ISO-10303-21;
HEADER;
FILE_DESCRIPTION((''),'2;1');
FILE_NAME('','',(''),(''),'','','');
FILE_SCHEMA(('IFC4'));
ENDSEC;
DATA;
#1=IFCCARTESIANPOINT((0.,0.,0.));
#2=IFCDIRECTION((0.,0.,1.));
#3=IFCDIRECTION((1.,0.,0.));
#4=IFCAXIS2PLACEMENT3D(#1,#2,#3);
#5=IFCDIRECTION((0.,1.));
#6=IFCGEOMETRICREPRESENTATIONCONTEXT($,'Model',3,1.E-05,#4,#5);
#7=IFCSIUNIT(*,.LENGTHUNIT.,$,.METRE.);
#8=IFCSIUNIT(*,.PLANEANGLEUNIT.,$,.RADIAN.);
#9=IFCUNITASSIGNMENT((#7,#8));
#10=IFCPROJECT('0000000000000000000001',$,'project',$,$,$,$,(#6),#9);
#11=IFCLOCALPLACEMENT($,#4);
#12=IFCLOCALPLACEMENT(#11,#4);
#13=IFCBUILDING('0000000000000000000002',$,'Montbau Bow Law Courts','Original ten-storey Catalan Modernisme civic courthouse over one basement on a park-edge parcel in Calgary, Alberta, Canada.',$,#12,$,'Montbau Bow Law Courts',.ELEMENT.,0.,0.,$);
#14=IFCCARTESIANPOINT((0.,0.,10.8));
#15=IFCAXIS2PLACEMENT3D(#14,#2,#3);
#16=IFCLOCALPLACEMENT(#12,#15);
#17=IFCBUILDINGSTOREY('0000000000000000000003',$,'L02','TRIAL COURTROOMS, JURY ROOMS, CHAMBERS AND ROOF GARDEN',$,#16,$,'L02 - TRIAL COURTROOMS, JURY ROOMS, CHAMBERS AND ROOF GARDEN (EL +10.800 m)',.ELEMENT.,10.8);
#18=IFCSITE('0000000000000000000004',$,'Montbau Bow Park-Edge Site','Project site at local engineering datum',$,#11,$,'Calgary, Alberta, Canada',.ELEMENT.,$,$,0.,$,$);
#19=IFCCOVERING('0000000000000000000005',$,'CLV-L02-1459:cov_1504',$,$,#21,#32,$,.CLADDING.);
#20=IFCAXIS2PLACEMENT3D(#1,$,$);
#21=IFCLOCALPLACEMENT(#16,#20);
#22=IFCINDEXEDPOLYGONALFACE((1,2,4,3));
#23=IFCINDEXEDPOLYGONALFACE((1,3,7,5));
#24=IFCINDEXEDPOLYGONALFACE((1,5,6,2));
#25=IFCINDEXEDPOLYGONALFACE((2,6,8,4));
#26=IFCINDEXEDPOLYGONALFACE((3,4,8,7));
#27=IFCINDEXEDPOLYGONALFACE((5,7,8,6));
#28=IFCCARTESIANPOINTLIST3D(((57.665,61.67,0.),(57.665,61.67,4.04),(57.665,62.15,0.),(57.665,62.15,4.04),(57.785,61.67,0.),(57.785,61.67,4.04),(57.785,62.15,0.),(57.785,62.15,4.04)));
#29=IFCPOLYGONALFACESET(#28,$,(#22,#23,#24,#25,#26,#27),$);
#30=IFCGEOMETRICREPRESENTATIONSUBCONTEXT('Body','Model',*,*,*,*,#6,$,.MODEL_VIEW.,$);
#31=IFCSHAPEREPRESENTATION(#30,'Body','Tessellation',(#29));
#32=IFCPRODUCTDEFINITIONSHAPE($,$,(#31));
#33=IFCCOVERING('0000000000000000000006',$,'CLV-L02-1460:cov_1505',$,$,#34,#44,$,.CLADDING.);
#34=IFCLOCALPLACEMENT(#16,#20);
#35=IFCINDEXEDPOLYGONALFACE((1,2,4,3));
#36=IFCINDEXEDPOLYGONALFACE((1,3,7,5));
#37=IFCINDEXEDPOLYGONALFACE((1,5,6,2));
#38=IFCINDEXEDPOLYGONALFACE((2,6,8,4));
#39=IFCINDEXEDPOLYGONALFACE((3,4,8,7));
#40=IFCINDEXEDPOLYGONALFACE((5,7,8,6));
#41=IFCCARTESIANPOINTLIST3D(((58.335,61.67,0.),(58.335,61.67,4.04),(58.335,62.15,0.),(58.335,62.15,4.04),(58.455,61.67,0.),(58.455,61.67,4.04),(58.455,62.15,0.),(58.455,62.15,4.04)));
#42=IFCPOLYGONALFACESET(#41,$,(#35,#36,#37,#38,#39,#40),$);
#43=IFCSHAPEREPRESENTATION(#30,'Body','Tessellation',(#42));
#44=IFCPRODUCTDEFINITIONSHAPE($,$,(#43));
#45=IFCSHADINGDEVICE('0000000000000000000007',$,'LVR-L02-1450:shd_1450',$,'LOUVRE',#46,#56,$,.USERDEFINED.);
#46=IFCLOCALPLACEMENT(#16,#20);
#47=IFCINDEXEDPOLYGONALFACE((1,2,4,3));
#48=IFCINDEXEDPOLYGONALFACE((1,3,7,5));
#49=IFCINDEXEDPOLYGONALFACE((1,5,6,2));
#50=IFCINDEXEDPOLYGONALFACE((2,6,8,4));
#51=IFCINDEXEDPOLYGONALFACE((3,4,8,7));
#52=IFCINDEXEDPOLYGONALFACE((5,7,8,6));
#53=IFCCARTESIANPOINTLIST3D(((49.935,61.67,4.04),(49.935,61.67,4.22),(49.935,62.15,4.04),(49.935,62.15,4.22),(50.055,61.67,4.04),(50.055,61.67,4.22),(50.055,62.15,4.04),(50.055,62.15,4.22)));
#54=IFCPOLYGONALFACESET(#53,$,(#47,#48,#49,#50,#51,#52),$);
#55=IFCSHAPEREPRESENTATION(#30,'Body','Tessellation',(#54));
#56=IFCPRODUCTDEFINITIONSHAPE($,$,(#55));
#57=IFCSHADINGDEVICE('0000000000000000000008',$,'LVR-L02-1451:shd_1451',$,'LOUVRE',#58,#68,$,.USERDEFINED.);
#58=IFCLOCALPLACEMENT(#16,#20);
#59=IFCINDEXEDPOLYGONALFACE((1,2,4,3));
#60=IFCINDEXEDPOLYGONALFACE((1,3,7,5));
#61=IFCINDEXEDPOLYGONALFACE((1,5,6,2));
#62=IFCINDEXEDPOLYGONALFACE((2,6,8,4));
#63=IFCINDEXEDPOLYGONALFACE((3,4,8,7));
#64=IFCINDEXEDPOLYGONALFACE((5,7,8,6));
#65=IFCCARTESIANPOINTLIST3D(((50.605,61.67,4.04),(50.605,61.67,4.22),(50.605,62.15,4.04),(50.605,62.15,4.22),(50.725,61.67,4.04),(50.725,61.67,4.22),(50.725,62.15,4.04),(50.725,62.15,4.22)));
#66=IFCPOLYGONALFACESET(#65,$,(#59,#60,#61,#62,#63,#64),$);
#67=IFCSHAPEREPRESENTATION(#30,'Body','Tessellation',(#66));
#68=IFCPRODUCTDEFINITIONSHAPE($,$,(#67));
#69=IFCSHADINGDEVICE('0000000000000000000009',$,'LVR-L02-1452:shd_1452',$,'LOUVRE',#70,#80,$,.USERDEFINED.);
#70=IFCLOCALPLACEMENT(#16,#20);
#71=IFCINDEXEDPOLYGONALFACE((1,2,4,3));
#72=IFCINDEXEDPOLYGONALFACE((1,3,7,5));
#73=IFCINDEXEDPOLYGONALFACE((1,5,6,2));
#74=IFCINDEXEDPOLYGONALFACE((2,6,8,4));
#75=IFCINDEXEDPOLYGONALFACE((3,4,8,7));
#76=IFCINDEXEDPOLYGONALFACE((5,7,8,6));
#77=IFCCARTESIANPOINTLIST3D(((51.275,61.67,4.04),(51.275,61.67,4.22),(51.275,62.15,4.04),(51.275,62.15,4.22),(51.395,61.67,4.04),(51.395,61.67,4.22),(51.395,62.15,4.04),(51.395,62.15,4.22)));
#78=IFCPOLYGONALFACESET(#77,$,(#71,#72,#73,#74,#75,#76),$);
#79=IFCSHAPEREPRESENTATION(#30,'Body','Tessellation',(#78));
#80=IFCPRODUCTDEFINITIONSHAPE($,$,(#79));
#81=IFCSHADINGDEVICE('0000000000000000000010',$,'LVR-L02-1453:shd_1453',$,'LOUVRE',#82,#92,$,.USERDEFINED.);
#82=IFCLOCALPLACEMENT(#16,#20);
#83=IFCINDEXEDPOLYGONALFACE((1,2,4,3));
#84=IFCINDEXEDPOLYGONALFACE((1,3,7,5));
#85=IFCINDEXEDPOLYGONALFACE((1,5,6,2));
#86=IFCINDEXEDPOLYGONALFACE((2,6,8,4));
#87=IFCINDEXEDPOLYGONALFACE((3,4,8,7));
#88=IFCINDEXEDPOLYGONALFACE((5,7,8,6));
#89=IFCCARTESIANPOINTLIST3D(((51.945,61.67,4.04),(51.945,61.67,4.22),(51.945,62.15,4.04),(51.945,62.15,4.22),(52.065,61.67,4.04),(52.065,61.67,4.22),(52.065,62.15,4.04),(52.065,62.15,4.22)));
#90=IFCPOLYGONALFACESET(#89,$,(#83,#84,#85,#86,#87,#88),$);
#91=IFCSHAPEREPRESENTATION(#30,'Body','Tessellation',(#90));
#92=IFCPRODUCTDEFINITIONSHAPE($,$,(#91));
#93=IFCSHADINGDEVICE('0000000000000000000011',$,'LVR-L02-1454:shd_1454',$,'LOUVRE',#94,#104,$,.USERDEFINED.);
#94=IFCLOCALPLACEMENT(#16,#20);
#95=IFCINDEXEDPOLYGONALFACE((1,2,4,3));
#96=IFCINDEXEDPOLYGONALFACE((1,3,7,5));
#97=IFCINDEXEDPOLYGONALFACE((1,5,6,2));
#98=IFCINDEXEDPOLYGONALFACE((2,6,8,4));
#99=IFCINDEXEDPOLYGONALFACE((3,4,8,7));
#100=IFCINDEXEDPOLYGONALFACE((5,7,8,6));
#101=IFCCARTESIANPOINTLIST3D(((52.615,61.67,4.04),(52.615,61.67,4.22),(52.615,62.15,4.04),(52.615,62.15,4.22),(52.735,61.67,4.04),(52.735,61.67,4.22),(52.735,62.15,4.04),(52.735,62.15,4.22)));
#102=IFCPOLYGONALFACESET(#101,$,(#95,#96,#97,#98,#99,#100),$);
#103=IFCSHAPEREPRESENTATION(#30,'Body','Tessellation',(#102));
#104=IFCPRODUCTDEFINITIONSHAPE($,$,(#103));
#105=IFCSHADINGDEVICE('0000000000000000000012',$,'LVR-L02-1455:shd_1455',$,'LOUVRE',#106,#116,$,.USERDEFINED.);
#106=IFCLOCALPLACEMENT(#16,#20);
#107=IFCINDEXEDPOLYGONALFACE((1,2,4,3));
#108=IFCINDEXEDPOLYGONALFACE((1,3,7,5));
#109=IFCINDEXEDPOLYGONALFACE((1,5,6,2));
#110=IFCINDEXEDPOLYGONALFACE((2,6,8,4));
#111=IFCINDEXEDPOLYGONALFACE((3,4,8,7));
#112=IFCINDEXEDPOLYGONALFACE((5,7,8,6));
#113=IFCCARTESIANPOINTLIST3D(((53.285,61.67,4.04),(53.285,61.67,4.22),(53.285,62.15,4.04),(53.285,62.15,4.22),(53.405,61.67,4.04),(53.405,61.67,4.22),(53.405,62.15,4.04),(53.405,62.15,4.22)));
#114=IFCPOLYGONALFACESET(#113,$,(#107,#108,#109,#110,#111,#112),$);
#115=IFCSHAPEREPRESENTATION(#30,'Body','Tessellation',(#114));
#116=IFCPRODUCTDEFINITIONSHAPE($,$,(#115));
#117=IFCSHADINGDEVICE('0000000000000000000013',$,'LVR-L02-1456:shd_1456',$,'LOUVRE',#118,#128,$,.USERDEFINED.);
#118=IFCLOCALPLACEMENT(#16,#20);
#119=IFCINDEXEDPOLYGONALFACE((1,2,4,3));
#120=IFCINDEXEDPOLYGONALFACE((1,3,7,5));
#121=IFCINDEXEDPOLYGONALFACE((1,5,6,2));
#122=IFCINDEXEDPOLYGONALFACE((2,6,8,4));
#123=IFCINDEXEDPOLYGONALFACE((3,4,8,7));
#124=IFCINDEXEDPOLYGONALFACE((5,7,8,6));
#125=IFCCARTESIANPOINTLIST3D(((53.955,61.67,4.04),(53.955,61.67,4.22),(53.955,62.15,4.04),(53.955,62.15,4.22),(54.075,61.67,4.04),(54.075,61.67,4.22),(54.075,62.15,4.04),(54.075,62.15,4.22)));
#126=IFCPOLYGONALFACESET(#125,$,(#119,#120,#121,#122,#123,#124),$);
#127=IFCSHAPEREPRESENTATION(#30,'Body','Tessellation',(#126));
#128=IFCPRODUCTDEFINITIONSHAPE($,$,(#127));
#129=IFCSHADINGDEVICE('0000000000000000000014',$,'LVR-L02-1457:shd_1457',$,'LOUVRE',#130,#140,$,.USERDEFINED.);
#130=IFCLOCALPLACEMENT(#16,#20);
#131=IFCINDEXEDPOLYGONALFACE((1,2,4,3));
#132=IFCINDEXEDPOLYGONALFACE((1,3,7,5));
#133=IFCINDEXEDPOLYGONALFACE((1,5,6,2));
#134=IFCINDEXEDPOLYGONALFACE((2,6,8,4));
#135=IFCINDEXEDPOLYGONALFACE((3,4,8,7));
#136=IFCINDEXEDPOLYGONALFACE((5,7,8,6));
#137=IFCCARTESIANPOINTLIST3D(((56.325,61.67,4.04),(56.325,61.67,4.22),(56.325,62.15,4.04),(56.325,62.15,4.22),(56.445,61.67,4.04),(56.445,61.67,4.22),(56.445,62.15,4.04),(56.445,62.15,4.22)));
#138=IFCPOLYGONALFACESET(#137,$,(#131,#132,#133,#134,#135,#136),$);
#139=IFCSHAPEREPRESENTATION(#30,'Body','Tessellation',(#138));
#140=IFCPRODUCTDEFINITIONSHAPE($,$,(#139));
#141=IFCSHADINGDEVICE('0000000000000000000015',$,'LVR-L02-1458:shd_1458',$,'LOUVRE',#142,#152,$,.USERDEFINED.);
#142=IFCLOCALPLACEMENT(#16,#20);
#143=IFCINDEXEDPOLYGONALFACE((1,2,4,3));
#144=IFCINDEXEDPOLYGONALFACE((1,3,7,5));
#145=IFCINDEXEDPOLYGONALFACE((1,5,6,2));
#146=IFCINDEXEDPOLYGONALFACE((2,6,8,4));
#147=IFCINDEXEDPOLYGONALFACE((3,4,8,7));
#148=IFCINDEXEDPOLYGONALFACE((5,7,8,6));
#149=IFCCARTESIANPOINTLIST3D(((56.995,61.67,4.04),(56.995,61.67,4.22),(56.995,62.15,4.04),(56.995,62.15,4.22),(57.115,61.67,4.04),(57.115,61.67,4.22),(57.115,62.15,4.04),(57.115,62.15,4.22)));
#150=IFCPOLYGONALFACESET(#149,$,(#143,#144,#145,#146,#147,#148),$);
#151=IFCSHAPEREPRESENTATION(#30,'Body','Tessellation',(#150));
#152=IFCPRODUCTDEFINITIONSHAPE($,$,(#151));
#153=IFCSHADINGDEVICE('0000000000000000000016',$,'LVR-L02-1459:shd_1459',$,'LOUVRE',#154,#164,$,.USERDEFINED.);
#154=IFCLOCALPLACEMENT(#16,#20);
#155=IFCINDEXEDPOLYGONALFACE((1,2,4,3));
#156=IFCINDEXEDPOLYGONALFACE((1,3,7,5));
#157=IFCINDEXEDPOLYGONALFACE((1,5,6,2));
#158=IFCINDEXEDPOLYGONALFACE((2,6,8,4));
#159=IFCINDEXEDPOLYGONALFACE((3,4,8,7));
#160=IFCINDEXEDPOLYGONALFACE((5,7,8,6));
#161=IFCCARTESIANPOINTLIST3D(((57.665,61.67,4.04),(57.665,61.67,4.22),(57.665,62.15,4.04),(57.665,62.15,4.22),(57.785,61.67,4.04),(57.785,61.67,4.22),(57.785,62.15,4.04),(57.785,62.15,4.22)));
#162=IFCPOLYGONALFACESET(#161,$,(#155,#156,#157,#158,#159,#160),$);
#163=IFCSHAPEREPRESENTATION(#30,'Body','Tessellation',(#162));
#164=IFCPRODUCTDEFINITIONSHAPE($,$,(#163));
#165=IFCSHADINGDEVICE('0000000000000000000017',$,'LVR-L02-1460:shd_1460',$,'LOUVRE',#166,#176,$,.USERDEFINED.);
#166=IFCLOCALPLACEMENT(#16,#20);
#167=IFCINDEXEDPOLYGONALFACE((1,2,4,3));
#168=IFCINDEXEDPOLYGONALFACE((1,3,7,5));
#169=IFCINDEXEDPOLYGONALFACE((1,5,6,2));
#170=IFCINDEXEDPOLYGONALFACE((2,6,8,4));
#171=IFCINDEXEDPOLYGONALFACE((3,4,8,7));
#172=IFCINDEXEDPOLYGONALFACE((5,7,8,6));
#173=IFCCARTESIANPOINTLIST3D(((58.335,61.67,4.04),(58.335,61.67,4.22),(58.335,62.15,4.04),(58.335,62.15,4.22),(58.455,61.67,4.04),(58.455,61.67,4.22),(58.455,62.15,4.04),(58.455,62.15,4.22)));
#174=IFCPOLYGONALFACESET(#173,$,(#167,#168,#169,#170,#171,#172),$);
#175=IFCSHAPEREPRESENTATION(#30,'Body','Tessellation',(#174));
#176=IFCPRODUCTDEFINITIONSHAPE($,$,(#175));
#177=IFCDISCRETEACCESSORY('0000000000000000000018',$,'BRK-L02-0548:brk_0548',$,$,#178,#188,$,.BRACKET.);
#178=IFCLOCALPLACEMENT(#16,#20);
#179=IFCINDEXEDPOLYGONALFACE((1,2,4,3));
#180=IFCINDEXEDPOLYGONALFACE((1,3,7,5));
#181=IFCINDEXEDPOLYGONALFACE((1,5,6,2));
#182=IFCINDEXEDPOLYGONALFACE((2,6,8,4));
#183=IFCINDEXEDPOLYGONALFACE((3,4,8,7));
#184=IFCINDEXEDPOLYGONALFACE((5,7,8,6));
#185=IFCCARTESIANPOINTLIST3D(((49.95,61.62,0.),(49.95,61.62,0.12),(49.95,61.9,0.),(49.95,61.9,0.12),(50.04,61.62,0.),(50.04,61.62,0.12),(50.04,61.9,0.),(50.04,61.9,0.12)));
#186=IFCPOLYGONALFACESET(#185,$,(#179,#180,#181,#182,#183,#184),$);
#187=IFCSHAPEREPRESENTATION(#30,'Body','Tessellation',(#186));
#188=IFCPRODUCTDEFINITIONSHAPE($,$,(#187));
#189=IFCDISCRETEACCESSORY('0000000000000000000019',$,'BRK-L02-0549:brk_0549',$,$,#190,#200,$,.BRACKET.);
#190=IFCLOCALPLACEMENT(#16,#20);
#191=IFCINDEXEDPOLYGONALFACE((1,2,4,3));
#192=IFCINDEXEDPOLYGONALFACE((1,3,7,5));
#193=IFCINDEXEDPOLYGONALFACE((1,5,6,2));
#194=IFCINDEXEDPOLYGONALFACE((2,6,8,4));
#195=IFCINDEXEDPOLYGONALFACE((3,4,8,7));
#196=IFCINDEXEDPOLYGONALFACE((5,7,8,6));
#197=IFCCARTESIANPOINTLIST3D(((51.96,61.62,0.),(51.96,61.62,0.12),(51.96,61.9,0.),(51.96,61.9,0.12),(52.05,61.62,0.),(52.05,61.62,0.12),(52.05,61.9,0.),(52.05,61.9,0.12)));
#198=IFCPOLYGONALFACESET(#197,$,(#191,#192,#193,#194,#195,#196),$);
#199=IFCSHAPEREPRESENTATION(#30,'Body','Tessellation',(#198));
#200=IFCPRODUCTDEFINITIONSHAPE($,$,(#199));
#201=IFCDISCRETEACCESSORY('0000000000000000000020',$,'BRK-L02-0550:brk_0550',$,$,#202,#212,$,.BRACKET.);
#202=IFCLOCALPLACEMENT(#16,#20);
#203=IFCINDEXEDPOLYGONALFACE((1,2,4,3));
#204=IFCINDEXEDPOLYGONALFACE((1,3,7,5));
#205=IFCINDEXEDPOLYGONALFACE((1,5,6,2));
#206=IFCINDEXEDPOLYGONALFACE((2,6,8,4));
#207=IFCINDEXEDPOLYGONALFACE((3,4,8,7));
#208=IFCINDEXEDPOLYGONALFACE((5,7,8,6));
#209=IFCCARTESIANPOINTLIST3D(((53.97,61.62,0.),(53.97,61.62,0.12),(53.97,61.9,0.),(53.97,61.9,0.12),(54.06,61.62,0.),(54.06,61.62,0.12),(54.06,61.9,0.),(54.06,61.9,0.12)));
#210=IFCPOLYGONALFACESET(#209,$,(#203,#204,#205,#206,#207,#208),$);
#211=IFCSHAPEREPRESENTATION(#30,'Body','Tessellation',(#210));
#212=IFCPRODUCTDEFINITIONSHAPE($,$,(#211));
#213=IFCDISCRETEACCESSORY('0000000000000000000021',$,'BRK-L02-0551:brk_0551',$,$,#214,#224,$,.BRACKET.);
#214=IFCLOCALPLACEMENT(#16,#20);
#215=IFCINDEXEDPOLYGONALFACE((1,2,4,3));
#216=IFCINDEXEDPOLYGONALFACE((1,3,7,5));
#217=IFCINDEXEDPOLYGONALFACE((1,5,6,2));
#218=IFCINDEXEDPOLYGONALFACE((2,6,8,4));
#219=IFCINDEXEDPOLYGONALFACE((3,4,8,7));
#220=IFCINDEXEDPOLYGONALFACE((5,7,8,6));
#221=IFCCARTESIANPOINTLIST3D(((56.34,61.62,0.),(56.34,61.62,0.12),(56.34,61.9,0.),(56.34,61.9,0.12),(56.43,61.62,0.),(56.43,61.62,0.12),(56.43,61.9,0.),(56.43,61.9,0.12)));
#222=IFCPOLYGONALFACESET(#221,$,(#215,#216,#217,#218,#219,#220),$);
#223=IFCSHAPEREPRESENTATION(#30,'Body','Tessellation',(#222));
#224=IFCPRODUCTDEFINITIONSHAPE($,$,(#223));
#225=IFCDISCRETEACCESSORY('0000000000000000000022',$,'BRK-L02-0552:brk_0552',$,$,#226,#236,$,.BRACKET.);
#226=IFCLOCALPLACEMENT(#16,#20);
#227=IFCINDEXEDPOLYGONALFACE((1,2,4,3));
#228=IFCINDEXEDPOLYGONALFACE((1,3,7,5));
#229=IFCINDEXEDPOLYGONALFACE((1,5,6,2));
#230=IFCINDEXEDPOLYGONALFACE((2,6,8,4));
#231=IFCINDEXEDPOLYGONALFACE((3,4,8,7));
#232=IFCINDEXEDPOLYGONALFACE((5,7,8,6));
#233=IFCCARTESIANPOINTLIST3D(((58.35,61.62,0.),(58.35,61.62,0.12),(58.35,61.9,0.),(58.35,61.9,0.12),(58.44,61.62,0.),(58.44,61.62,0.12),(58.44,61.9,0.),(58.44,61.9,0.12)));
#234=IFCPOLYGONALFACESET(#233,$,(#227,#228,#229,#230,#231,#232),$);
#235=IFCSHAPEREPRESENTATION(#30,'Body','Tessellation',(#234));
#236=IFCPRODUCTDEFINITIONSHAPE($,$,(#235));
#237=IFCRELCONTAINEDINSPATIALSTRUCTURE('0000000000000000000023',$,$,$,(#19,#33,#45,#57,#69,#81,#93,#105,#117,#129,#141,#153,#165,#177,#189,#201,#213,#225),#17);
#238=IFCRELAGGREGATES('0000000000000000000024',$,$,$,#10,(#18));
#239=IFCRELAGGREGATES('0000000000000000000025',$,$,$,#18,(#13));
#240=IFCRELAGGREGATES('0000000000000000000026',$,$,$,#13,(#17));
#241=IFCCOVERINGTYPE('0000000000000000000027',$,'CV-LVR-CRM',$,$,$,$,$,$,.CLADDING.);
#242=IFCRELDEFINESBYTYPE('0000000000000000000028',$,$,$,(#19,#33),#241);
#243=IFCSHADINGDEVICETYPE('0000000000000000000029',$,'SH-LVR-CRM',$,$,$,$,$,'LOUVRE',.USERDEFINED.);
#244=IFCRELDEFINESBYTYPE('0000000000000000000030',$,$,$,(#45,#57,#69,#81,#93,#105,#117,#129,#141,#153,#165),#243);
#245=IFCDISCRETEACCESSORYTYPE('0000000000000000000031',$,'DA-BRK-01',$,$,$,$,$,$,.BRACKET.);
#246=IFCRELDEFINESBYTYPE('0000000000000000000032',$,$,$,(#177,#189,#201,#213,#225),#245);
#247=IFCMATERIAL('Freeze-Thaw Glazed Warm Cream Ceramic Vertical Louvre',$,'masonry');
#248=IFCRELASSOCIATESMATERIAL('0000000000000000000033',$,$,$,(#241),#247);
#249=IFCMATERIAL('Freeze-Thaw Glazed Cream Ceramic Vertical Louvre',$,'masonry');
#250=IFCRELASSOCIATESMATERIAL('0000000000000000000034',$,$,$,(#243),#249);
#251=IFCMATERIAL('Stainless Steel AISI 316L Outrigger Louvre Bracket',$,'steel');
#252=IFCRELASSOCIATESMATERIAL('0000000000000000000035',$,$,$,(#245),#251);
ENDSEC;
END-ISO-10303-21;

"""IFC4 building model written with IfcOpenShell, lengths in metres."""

from ifc_helpers import new_model, si_unit, direction, frame, frame_2d, origin_with_axes, origin_2d_with_axis, place, context, subcontext, project, spatial, rectangle, extrude, material, type_object, element, save


model = new_model("IFC4")

# Units and contexts
model_context = context("Model", 3, precision=1e-05, world=origin_with_axes(), true_north=direction((0.0, 1.0)))
body_context = subcontext(model_context, "Body", "Model", "MODEL_VIEW")
ifc_project = project(units=[si_unit("LENGTHUNIT", "METRE"), si_unit("PLANEANGLEUNIT", "RADIAN")], contexts=[model_context])

# Site, building, storey
site_placement = place(None, origin_with_axes())
site = spatial("IfcSite", under=ifc_project, at=site_placement, Name="Montbau Bow Park-Edge Site", Description="Project site at local engineering datum", LongName="Calgary, Alberta, Canada", CompositionType="ELEMENT", RefElevation=0.0)
building_placement = place(site_placement, origin_with_axes())
building = spatial("IfcBuilding", under=site, at=building_placement, Name="Montbau Bow Law Courts", Description="Original ten-storey Catalan Modernisme civic courthouse over one basement on a park-edge parcel in Calgary, Alberta, Canada.", LongName="Montbau Bow Law Courts", CompositionType="ELEMENT", ElevationOfRefHeight=0.0, ElevationOfTerrain=0.0)
storey_placement = place(building_placement, frame((0.0, 0.0, 10.8), z_axis=(0.0, 0.0, 1.0), x_axis=(1.0, 0.0, 0.0)))
storey = spatial("IfcBuildingStorey", under=building, at=storey_placement, Name="L02", Description="TRIAL COURTROOMS, JURY ROOMS, CHAMBERS AND ROOF GARDEN", LongName="L02 - TRIAL COURTROOMS, JURY ROOMS, CHAMBERS AND ROOF GARDEN (EL +10.800 m)", CompositionType="ELEMENT", Elevation=10.8)

# Coverings
ifc_material_1 = material(Name="Freeze-Thaw Glazed Warm Cream Ceramic Vertical Louvre", Category="masonry")
covering_type = type_object("IfcCoveringType", Name="CV-LVR-CRM", PredefinedType="CLADDING", material=ifc_material_1)
for number, where, z_axis, x_axis, name in (
    (1, (57.725, 61.67, 10.8), (1.0, 0.0, 0.0), (0.0, 1.0, 0.0), "CLV-L02-1459:cov_1504"),
    (2, (58.395, 61.67, 10.8), (1.0, 0.0, 0.0), (0.0, 1.0, 0.0), "CLV-L02-1460:cov_1505"),
):
    element("IfcCovering", number, at=place(None, frame(where, z_axis=z_axis, x_axis=x_axis)), inside=storey, type_object=covering_type, Name=name, PredefinedType="CLADDING", context=body_context, shape_type="SweptSolid", body=[
        extrude(rectangle(XDim=0.48, YDim=4.04, at=frame_2d((0.24, 2.02), x_axis=(1.0, 0.0))), frame((0.0, 0.0, -0.06), z_axis=(0.0, 0.0, 1.0), x_axis=(1.0, 0.0, 0.0)), (0.0, 0.0, 1.0), 0.12),
    ])

# Shading devices
ifc_material_2 = material(Name="Freeze-Thaw Glazed Cream Ceramic Vertical Louvre", Category="masonry")
shading_device_type = type_object("IfcShadingDeviceType", Name="SH-LVR-CRM", ElementType="LOUVRE", PredefinedType="USERDEFINED", material=ifc_material_2)
for number, where, z_axis, x_axis, name in (
    (3, (49.995, 61.91, 14.84), (0.0, 0.0, 1.0), (0.0, 1.0, 0.0), "LVR-L02-1450:shd_1450"),
    (4, (50.665, 61.91, 14.84), (0.0, 0.0, 1.0), (0.0, 1.0, 0.0), "LVR-L02-1451:shd_1451"),
    (5, (51.335, 61.91, 14.84), (0.0, 0.0, 1.0), (0.0, 1.0, 0.0), "LVR-L02-1452:shd_1452"),
    (6, (52.005, 61.91, 14.84), (0.0, 0.0, 1.0), (0.0, 1.0, 0.0), "LVR-L02-1453:shd_1453"),
    (7, (52.675, 61.91, 14.84), (0.0, 0.0, 1.0), (0.0, 1.0, 0.0), "LVR-L02-1454:shd_1454"),
    (8, (53.345, 61.91, 14.84), (0.0, 0.0, 1.0), (0.0, 1.0, 0.0), "LVR-L02-1455:shd_1455"),
    (9, (54.015, 61.91, 14.84), (0.0, 0.0, 1.0), (0.0, 1.0, 0.0), "LVR-L02-1456:shd_1456"),
    (10, (56.385, 61.91, 14.84), (0.0, 0.0, 1.0), (0.0, 1.0, 0.0), "LVR-L02-1457:shd_1457"),
    (11, (57.055, 61.91, 14.84), (0.0, 0.0, 1.0), (0.0, 1.0, 0.0), "LVR-L02-1458:shd_1458"),
    (12, (57.725, 61.91, 14.84), (0.0, 0.0, 1.0), (0.0, 1.0, 0.0), "LVR-L02-1459:shd_1459"),
    (13, (58.395, 61.91, 14.84), (0.0, 0.0, 1.0), (0.0, 1.0, 0.0), "LVR-L02-1460:shd_1460"),
):
    element("IfcShadingDevice", number, at=place(None, frame(where, z_axis=z_axis, x_axis=x_axis)), inside=storey, type_object=shading_device_type, Name=name, ObjectType="LOUVRE", PredefinedType="USERDEFINED", context=body_context, shape_type="SweptSolid", body=[
        extrude(rectangle(XDim=0.48, YDim=0.12, at=origin_2d_with_axis()), origin_with_axes(), (0.0, 0.0, 1.0), 0.18),
    ])

# Discrete accessories
ifc_material_3 = material(Name="Stainless Steel AISI 316L Outrigger Louvre Bracket", Category="steel")
discrete_accessory_type = type_object("IfcDiscreteAccessoryType", Name="DA-BRK-01", PredefinedType="BRACKET", material=ifc_material_3)
for number, where, z_axis, x_axis, name in (
    (14, (49.995, 61.76, 10.8), (0.0, 0.0, 1.0), (0.0, 1.0, 0.0), "BRK-L02-0548:brk_0548"),
    (15, (52.005, 61.76, 10.8), (0.0, 0.0, 1.0), (0.0, 1.0, 0.0), "BRK-L02-0549:brk_0549"),
    (16, (54.015, 61.76, 10.8), (0.0, 0.0, 1.0), (0.0, 1.0, 0.0), "BRK-L02-0550:brk_0550"),
    (17, (56.385, 61.76, 10.8), (0.0, 0.0, 1.0), (0.0, 1.0, 0.0), "BRK-L02-0551:brk_0551"),
    (18, (58.395, 61.76, 10.8), (0.0, 0.0, 1.0), (0.0, 1.0, 0.0), "BRK-L02-0552:brk_0552"),
):
    element("IfcDiscreteAccessory", number, at=place(None, frame(where, z_axis=z_axis, x_axis=x_axis)), inside=storey, type_object=discrete_accessory_type, Name=name, PredefinedType="BRACKET", context=body_context, shape_type="SweptSolid", body=[
        extrude(rectangle(XDim=0.28, YDim=0.09, at=origin_2d_with_axis()), origin_with_axes(), (0.0, 0.0, 1.0), 0.12),
    ])

save(model, "model.ifc")
